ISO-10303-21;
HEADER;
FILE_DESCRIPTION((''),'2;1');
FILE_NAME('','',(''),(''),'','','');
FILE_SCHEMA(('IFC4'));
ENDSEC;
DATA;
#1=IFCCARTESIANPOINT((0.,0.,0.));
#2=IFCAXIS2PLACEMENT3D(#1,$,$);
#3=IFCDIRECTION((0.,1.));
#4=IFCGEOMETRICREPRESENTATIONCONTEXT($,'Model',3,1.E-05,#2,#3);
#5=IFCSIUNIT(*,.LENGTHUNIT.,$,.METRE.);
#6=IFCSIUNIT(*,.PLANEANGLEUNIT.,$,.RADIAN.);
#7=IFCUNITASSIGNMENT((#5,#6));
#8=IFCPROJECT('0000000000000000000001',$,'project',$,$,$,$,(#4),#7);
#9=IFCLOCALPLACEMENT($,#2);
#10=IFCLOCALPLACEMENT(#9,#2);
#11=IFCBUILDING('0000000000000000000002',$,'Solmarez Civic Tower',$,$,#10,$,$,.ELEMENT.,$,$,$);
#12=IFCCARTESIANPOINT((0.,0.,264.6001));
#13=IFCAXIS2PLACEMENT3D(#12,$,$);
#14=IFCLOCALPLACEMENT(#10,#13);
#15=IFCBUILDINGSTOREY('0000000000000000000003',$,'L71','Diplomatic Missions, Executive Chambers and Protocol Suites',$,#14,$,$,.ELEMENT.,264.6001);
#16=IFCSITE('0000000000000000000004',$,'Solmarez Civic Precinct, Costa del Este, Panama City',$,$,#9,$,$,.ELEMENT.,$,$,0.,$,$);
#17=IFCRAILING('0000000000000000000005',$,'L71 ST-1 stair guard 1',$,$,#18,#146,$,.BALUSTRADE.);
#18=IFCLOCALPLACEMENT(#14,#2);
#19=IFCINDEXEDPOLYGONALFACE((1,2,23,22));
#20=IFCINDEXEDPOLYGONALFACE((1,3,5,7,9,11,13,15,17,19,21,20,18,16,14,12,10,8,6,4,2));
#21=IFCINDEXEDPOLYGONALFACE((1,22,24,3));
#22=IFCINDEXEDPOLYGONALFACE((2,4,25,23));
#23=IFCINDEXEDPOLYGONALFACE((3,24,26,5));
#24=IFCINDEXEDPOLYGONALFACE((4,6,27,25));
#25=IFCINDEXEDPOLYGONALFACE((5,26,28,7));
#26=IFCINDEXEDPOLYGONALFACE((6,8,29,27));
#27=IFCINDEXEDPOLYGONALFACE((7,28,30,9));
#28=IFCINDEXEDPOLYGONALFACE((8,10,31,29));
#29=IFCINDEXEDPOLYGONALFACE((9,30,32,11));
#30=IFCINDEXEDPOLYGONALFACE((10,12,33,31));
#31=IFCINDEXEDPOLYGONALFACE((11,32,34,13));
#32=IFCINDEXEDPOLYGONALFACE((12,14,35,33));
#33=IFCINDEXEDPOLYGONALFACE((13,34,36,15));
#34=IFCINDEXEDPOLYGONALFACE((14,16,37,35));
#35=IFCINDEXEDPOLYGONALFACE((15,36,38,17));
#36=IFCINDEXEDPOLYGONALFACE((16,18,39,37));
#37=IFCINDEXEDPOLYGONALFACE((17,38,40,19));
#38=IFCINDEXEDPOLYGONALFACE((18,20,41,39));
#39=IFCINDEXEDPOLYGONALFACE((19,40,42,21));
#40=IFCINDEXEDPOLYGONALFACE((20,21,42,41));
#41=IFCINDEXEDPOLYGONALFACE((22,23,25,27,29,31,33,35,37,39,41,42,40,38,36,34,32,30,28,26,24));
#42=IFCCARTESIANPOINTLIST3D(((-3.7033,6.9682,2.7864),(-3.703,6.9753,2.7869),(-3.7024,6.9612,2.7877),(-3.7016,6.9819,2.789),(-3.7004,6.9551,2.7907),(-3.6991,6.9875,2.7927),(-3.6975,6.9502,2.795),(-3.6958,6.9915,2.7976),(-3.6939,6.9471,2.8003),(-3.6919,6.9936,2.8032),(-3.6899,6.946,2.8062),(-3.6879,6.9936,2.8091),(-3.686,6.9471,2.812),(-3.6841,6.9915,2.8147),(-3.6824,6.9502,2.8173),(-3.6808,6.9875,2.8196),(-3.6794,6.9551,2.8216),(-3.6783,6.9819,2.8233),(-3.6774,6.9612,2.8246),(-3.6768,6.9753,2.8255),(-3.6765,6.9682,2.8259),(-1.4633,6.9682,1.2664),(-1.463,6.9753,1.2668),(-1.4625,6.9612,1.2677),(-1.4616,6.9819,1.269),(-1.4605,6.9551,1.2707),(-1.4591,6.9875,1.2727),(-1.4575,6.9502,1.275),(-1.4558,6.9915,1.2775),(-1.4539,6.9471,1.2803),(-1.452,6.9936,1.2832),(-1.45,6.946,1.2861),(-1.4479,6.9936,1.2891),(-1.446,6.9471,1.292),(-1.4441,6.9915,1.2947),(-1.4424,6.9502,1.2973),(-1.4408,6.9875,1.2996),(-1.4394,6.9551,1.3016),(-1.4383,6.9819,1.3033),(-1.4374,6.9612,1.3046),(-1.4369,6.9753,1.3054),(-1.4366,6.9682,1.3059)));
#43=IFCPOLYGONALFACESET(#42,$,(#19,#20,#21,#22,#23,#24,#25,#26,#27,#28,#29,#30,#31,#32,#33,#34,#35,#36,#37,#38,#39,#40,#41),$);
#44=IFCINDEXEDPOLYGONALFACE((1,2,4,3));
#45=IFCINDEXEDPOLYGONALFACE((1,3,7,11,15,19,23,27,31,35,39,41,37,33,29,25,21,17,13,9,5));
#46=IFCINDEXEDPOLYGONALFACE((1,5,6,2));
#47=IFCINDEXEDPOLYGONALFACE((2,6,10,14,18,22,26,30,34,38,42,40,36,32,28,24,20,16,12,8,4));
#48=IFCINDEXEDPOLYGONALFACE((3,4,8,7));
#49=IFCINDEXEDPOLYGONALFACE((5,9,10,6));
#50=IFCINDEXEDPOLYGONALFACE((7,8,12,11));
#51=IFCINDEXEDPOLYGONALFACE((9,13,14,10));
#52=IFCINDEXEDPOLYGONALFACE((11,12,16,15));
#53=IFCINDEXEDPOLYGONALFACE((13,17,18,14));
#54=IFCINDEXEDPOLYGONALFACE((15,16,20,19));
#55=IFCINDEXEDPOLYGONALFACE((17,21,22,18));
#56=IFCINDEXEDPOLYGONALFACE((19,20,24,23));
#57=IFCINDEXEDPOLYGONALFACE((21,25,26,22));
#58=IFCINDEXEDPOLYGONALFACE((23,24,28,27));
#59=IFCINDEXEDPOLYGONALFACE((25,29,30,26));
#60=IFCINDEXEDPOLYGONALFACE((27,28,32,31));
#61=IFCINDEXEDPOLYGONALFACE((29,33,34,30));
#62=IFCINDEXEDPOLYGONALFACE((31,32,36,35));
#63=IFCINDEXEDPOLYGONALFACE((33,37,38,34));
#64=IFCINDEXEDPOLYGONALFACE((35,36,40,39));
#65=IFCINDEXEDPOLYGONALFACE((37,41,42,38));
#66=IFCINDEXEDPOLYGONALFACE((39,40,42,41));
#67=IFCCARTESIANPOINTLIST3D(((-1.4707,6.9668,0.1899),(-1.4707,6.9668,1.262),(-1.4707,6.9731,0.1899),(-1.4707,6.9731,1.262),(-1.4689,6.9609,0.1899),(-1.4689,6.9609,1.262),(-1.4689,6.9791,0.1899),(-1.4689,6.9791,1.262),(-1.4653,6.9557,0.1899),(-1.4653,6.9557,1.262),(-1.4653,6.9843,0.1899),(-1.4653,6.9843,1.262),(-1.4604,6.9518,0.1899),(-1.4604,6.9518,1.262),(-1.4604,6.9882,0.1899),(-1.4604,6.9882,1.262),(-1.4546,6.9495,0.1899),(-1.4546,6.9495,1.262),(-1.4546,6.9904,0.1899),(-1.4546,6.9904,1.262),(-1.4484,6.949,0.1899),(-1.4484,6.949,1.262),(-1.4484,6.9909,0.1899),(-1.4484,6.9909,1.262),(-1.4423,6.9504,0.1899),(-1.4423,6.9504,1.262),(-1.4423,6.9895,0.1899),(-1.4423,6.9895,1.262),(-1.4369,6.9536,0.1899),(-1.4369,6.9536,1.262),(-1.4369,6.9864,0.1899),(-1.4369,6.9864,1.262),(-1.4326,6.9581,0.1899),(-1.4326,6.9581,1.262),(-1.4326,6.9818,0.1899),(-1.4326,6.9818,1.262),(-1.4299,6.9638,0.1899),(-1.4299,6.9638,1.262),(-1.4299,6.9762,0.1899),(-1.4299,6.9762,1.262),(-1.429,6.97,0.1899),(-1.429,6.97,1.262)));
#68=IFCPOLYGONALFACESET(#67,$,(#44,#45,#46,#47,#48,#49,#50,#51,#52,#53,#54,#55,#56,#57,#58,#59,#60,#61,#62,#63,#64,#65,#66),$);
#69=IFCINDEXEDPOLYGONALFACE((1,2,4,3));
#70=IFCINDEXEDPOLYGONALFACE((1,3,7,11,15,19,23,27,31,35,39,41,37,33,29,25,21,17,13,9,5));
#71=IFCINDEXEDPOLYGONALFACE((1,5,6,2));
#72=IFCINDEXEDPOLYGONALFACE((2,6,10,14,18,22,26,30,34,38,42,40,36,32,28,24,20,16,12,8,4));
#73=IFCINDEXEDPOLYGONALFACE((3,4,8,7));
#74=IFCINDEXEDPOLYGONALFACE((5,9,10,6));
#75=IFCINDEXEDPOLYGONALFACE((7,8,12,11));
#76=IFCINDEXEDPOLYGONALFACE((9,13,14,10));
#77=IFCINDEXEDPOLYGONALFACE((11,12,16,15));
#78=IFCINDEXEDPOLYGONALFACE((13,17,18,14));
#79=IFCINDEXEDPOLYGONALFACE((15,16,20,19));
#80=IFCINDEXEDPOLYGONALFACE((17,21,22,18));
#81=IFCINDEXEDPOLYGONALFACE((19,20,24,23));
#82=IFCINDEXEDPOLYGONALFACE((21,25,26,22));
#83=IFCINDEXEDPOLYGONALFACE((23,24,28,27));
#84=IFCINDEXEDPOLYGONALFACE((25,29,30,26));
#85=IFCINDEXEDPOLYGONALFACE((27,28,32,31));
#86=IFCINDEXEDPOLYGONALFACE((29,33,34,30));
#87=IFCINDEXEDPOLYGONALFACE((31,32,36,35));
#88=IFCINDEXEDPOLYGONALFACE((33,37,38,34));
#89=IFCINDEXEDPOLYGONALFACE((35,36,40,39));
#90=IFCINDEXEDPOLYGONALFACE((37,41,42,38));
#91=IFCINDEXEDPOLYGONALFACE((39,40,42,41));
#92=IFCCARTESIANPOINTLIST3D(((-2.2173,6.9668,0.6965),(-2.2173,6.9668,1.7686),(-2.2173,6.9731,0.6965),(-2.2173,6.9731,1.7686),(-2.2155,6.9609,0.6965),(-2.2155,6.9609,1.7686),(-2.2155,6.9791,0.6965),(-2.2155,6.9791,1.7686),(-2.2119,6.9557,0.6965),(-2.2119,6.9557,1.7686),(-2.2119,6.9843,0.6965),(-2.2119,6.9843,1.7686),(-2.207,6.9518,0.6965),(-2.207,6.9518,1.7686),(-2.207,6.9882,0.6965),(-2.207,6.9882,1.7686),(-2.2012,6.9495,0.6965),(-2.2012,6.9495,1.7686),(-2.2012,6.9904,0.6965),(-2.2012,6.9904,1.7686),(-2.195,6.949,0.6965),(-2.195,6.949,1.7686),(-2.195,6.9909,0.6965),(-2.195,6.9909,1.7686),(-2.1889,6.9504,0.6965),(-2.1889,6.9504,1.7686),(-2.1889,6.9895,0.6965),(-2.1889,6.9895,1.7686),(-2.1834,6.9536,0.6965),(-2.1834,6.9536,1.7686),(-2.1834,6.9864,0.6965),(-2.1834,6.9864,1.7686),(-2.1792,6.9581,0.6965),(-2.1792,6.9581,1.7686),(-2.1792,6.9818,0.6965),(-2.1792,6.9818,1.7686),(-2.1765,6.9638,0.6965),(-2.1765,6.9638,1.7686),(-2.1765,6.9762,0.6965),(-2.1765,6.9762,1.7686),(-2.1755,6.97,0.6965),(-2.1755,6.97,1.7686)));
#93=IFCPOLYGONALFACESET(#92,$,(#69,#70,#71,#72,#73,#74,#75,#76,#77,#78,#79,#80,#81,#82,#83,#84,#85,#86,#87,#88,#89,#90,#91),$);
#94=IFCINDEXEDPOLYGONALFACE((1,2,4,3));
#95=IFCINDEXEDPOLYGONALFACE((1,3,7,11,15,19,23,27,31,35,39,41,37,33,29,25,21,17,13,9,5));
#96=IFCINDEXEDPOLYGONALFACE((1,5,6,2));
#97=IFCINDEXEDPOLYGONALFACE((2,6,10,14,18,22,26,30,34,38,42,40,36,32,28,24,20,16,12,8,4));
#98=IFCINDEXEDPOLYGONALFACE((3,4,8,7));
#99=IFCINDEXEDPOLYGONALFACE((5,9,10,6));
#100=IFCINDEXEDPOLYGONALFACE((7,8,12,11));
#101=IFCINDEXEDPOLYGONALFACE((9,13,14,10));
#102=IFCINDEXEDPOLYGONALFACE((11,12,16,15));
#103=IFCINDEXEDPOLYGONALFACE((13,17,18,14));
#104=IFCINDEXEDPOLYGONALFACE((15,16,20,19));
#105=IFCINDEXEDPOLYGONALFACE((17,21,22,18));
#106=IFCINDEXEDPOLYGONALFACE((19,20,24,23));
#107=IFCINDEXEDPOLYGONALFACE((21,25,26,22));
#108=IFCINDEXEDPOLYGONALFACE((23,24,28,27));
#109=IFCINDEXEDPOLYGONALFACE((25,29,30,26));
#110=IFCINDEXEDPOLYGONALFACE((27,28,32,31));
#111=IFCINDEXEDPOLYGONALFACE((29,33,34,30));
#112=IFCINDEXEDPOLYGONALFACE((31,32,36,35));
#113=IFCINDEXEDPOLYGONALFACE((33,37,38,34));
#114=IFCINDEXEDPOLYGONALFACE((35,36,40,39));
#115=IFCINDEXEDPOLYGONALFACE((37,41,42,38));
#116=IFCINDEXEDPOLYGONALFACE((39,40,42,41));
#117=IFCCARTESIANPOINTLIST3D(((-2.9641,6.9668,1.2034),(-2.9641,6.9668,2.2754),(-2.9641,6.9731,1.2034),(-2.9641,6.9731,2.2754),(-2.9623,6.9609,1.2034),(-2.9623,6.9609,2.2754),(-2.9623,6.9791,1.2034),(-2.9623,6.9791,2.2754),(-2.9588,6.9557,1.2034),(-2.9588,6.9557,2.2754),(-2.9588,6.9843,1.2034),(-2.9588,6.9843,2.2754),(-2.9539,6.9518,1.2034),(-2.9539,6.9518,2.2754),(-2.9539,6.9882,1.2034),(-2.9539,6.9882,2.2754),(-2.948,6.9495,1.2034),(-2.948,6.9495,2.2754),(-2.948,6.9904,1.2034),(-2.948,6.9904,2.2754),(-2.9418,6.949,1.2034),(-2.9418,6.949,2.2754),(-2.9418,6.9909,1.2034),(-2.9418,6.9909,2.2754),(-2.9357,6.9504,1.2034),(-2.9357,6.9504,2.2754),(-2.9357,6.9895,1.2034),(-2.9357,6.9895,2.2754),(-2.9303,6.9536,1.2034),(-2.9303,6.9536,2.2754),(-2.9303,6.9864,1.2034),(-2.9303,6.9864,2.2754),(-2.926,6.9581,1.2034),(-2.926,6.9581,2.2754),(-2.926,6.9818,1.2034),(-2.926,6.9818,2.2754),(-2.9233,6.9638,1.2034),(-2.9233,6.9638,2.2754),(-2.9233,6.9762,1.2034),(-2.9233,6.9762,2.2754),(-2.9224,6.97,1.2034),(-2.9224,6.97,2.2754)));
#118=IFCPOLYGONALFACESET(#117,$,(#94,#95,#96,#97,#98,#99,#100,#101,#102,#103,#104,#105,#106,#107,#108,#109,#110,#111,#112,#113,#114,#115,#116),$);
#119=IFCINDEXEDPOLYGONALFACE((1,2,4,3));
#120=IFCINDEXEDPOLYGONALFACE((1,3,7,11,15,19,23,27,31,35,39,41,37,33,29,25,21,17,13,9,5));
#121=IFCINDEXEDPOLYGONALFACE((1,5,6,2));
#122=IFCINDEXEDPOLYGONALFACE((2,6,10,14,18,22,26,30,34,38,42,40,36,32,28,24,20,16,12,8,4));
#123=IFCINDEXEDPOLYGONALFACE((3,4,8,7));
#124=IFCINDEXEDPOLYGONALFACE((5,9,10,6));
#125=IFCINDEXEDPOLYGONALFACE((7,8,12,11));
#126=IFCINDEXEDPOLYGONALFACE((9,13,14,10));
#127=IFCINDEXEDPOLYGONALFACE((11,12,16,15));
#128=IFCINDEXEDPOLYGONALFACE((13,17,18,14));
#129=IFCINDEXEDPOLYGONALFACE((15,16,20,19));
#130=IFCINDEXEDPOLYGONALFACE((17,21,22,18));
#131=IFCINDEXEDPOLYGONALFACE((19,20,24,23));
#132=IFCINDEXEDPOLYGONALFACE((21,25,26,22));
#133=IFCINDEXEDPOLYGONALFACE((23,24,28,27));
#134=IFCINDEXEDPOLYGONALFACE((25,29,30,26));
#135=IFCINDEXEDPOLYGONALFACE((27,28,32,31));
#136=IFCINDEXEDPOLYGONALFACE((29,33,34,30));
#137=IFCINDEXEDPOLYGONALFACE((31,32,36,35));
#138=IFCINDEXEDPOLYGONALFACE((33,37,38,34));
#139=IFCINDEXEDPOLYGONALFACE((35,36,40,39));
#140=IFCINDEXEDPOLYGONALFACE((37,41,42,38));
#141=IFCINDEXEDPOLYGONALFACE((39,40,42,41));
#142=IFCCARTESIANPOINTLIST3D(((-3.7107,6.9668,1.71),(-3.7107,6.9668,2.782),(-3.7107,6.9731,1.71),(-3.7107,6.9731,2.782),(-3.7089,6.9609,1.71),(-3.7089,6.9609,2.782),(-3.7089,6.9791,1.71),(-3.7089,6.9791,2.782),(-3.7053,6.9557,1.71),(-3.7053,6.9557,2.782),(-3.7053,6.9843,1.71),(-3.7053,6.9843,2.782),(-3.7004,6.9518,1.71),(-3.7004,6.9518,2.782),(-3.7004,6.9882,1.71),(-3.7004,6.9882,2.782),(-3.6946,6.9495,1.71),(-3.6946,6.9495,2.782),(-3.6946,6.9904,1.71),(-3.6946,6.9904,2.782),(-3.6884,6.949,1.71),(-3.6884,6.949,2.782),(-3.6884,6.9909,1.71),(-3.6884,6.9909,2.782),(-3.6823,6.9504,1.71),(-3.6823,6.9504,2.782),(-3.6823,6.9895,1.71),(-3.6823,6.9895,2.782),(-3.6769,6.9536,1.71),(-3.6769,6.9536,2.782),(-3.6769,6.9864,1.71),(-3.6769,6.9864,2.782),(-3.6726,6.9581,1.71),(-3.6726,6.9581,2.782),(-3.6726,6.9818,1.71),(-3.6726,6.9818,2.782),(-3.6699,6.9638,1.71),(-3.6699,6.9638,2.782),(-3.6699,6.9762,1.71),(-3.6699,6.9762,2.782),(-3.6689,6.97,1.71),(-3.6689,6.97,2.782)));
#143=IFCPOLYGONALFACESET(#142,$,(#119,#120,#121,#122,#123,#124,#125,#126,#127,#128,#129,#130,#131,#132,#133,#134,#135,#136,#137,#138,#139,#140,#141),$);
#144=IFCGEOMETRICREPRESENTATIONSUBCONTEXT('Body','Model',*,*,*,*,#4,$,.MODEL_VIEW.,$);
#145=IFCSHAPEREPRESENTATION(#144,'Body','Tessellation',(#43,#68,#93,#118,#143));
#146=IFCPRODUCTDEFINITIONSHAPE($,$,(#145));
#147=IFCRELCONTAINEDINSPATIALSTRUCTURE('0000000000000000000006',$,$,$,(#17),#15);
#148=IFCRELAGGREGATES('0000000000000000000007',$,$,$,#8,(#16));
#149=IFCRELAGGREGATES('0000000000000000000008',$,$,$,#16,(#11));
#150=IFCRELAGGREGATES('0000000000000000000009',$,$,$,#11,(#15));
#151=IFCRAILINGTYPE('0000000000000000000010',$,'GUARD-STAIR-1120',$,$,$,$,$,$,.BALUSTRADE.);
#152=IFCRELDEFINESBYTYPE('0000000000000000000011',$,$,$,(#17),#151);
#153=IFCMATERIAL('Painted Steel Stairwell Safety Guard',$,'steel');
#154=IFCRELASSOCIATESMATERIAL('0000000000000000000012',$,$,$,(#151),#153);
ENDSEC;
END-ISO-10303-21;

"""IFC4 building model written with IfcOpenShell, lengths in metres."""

from ifc_helpers import new_model, si_unit, direction, frame, origin, origin_2d, place, context, subcontext, project, spatial, circle, extrude, material, type_object, element, save


model = new_model("IFC4")

# Units and contexts
model_context = context("Model", 3, precision=1e-05, world=origin(), true_north=direction((0.0, 1.0)))
body_context = subcontext(model_context, "Body", "Model", "MODEL_VIEW")
ifc_project = project(units=[si_unit("LENGTHUNIT", "METRE"), si_unit("PLANEANGLEUNIT", "RADIAN")], contexts=[model_context])

# Site, building, storey
site_placement = place(None, origin())
site = spatial("IfcSite", under=ifc_project, at=site_placement, Name="Solmarez Civic Precinct, Costa del Este, Panama City", CompositionType="ELEMENT", RefElevation=0.0)
building_placement = place(site_placement, origin())
building = spatial("IfcBuilding", under=site, at=building_placement, Name="Solmarez Civic Tower", CompositionType="ELEMENT")
storey_placement = place(building_placement, frame((0.0, 0.0, 264.6001)))
storey = spatial("IfcBuildingStorey", under=building, at=storey_placement, Name="L71", Description="Diplomatic Missions, Executive Chambers and Protocol Suites", CompositionType="ELEMENT", Elevation=264.6001)

# Railing
ifc_material_1 = material(Name="Painted Steel Stairwell Safety Guard", Category="steel")
railing_type_1 = type_object("IfcRailingType", Name="GUARD-STAIR-1120", PredefinedType="BALUSTRADE", material=ifc_material_1)
railing_1_placement = place(storey_placement, frame((-1.45, 6.97, 0.1899)))
element("IfcRailing", 1, at=railing_1_placement, inside=storey, type_object=railing_type_1, Name="L71 ST-1 stair guard 1", PredefinedType="BALUSTRADE", context=body_context, shape_type="SweptSolid", body=[
    extrude(circle(Radius=0.0239, at=origin_2d()), frame((0.0, 0.0, 1.0962), z_axis=(-0.827471, 0.0, 0.561508), x_axis=(0.0, -1.0, 0.0)), (0.0, 0.0, 1.0), 2.707),
    extrude(circle(Radius=0.021, at=origin_2d()), origin(), (0.0, 0.0, 1.0), 1.072),
    extrude(circle(Radius=0.021, at=origin_2d()), frame((-0.7466, 0.0, 0.5066)), (0.0, 0.0, 1.0), 1.072),
    extrude(circle(Radius=0.021, at=origin_2d()), frame((-1.4934, 0.0, 1.0134)), (0.0, 0.0, 1.0), 1.072),
    extrude(circle(Radius=0.021, at=origin_2d()), frame((-2.24, 0.0, 1.52)), (0.0, 0.0, 1.0), 1.072),
])

save(model, "model.ifc")
